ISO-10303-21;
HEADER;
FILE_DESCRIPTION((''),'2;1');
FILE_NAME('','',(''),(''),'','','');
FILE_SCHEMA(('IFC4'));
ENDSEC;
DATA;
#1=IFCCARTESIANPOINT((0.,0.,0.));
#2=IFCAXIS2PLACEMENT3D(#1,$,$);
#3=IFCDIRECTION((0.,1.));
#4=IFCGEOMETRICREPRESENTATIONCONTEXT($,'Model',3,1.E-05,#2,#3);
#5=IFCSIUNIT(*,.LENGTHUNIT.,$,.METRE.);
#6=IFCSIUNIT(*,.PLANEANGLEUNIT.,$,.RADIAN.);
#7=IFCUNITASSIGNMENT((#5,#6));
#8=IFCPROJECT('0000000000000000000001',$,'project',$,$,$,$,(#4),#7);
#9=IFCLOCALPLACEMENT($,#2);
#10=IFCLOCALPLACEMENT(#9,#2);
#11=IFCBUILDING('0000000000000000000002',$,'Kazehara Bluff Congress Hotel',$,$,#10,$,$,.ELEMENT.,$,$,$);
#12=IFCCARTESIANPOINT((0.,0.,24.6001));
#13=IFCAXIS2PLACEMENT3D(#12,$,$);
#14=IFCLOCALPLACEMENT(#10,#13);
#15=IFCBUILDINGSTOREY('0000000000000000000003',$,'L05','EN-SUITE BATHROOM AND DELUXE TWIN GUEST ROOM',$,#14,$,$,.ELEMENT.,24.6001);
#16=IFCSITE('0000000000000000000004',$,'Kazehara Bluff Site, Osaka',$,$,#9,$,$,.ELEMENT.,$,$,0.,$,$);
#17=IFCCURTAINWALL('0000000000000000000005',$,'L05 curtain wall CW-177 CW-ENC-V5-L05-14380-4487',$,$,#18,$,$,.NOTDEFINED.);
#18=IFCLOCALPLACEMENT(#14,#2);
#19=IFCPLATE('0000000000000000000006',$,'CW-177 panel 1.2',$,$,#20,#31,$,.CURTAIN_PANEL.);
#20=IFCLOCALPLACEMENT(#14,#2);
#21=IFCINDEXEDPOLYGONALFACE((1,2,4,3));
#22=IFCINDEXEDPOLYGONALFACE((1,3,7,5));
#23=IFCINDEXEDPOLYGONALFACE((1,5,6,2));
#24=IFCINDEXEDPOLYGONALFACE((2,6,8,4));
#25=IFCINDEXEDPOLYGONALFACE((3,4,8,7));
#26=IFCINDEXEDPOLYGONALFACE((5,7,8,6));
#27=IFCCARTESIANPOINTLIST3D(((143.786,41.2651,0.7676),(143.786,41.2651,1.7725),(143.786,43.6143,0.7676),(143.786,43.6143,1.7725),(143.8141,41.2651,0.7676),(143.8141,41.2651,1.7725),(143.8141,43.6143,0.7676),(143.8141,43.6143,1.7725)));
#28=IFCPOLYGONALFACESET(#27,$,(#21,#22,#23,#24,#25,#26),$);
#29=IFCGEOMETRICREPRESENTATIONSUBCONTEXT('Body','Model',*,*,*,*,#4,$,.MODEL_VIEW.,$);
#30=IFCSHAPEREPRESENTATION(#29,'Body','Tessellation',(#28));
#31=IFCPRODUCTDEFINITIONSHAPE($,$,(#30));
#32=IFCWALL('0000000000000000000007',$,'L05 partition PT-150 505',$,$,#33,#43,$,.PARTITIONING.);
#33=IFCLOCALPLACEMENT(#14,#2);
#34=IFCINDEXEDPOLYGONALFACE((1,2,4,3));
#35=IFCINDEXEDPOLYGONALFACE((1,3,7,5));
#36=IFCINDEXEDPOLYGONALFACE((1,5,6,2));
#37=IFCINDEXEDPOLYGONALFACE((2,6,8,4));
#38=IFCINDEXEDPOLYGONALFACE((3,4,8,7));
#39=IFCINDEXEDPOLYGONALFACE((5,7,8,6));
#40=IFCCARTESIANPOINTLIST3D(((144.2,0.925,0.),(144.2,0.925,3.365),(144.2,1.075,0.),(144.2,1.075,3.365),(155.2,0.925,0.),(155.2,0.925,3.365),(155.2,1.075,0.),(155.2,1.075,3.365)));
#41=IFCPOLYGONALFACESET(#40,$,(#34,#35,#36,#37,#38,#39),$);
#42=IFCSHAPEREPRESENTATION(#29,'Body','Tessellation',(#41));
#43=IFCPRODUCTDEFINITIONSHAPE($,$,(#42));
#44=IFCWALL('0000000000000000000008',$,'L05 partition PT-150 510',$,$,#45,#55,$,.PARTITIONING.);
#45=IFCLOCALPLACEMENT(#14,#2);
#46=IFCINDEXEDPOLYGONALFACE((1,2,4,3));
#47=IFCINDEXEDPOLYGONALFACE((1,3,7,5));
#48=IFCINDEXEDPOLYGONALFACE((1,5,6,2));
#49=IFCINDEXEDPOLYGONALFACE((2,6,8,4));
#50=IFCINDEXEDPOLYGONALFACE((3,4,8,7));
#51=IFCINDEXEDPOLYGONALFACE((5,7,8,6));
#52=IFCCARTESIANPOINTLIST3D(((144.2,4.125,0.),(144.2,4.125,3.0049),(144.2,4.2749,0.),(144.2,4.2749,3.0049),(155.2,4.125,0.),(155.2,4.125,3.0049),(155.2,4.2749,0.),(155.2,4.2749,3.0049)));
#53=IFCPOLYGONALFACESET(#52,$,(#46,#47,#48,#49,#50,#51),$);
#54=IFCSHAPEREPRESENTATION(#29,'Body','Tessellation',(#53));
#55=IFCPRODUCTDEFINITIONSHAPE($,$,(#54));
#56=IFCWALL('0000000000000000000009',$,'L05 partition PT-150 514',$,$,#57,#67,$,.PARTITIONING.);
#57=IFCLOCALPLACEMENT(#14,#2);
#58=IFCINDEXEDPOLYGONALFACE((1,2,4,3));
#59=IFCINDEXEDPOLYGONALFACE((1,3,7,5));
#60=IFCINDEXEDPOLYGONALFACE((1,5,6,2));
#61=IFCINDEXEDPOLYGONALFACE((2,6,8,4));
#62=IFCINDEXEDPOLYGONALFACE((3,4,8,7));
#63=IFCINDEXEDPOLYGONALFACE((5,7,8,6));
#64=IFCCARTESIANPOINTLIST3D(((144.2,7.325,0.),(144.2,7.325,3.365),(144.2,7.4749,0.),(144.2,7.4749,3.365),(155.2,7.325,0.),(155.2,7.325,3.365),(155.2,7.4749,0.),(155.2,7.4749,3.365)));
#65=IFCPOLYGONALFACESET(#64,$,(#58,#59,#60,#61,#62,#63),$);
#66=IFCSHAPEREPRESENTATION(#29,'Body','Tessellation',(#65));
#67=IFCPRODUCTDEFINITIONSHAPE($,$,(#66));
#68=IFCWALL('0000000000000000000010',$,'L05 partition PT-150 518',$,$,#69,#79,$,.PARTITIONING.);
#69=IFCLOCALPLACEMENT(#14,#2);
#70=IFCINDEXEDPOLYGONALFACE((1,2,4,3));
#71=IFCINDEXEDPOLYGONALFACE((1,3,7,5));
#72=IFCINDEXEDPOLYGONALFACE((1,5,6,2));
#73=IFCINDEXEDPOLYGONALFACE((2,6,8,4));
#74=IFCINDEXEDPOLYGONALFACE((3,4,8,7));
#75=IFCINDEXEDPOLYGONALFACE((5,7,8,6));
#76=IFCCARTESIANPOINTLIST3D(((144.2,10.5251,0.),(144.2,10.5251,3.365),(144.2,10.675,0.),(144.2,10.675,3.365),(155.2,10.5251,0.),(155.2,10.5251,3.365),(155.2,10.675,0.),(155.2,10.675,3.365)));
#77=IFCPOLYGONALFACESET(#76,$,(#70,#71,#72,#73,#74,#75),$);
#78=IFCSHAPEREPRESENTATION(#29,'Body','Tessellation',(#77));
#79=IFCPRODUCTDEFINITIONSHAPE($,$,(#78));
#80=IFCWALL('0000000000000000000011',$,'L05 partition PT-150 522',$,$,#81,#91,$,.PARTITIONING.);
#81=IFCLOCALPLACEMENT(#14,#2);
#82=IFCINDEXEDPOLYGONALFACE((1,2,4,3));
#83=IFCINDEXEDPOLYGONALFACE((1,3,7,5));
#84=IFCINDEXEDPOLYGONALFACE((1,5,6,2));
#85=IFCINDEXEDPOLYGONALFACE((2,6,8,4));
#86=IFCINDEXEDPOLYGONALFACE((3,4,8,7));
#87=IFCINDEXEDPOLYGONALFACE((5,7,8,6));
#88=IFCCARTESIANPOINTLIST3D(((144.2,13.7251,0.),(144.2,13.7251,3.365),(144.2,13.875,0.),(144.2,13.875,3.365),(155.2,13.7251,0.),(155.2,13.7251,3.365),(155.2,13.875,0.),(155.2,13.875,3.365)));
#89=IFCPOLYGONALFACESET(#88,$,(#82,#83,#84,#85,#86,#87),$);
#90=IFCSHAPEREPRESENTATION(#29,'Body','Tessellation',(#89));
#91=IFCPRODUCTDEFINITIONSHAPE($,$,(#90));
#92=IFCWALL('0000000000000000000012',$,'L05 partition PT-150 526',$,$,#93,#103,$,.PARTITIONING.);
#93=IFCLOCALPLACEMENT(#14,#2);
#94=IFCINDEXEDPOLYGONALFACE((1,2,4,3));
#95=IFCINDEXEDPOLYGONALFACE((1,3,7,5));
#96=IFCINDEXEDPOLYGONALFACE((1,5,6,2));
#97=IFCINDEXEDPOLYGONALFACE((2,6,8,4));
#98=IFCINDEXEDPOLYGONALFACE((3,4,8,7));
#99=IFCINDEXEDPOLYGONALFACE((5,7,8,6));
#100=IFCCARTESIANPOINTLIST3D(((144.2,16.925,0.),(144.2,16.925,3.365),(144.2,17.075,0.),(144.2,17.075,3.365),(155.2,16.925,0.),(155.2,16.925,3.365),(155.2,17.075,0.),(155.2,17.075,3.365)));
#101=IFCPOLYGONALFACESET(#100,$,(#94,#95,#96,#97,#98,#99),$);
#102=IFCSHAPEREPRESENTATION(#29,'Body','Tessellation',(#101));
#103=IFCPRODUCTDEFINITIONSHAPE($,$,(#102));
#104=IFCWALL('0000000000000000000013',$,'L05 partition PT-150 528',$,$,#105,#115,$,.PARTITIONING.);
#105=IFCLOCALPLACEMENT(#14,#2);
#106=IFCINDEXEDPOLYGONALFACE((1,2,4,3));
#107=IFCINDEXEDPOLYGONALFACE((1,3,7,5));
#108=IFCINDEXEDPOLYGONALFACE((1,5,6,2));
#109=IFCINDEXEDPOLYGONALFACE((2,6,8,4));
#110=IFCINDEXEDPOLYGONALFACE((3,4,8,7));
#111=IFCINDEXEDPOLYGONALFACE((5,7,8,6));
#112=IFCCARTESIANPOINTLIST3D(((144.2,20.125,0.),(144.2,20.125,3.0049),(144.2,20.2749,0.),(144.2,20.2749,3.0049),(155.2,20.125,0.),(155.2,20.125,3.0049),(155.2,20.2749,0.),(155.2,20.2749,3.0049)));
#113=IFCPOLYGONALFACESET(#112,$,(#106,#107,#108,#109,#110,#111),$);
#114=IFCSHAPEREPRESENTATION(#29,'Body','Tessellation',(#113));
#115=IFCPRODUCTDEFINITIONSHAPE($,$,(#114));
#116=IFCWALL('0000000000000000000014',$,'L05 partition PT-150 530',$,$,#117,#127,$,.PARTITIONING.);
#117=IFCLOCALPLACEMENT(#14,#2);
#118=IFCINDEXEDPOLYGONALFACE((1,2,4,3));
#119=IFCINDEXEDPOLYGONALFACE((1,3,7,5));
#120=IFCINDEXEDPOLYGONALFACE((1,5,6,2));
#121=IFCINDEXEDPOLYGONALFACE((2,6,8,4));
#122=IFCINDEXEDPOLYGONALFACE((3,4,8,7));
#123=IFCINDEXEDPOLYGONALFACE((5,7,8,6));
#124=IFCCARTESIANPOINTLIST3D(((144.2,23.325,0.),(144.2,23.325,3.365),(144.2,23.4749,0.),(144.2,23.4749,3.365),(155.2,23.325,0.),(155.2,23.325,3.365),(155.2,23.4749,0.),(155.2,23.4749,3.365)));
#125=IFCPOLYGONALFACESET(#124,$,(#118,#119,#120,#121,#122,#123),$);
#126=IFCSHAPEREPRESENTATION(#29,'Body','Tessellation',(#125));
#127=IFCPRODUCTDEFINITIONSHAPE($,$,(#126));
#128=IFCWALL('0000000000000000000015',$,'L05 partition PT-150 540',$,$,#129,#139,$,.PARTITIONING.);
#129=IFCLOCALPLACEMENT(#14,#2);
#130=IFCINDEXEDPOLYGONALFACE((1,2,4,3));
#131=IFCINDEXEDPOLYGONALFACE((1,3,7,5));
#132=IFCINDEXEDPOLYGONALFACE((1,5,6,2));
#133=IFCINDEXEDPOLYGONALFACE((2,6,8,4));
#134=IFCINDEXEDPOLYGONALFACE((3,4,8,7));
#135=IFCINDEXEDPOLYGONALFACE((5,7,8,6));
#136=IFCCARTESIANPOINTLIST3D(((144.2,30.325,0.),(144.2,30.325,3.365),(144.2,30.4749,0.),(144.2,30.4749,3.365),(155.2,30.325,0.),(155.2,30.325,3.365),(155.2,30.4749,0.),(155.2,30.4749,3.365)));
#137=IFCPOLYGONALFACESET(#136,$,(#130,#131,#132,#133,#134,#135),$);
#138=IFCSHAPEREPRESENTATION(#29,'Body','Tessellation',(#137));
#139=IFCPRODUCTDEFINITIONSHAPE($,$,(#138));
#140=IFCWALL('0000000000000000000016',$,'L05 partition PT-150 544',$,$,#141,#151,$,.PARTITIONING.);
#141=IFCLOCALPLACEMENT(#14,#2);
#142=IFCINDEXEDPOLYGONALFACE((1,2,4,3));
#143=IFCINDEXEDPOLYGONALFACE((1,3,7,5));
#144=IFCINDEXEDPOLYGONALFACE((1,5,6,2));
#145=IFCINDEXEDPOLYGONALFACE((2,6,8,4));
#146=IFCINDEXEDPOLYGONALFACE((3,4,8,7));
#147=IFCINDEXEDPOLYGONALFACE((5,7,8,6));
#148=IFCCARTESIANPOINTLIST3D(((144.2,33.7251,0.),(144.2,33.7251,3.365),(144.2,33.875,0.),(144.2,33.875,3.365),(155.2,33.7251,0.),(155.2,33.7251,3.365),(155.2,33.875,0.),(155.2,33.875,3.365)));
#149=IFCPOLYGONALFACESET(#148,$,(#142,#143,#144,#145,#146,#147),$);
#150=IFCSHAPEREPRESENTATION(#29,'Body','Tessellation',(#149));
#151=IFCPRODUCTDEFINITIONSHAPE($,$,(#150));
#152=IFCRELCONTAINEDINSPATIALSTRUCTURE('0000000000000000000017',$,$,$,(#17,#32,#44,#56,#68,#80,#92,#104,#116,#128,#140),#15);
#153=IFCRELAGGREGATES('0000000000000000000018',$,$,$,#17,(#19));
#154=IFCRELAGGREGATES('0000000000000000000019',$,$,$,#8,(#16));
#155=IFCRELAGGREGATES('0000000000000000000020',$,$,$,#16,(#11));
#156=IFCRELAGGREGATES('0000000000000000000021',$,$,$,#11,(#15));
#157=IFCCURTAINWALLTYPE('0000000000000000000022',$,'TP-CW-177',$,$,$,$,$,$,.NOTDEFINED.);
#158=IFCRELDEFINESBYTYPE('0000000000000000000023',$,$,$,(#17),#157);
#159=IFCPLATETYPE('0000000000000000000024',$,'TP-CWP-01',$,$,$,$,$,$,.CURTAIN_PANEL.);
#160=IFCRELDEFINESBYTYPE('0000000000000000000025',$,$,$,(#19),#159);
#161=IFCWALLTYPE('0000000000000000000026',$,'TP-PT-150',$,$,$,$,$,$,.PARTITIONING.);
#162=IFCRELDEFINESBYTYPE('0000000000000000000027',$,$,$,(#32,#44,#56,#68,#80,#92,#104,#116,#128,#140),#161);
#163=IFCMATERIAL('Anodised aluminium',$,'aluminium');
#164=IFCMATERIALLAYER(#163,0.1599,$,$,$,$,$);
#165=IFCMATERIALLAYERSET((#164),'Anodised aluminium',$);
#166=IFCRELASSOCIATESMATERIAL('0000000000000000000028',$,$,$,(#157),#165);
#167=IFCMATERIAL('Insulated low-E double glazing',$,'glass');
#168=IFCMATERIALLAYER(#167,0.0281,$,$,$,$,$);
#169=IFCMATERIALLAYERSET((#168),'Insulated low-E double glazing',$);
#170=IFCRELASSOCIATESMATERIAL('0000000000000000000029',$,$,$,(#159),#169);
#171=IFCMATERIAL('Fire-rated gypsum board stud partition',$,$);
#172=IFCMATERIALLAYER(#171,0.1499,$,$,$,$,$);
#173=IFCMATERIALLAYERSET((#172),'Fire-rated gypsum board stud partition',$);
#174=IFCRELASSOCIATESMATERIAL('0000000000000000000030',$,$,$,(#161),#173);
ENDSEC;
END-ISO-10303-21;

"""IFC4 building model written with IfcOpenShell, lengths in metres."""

from ifc_helpers import new_model, si_unit, direction, frame, frame_2d, origin, origin_2d, place, context, subcontext, project, spatial, rectangle, extrude, material, layer, layer_set, type_object, element, aggregate, save


model = new_model("IFC4")

# Units and contexts
model_context = context("Model", 3, precision=1e-05, world=origin(), true_north=direction((0.0, 1.0)))
body_context = subcontext(model_context, "Body", "Model", "MODEL_VIEW")
ifc_project = project(units=[si_unit("LENGTHUNIT", "METRE"), si_unit("PLANEANGLEUNIT", "RADIAN")], contexts=[model_context])

# Site, building, storey
site_placement = place(None, origin())
site = spatial("IfcSite", under=ifc_project, at=site_placement, Name="Kazehara Bluff Site, Osaka", CompositionType="ELEMENT", RefElevation=0.0)
building_placement = place(site_placement, origin())
building = spatial("IfcBuilding", under=site, at=building_placement, Name="Kazehara Bluff Congress Hotel", CompositionType="ELEMENT")
storey_placement = place(building_placement, frame((0.0, 0.0, 24.6001)))
storey = spatial("IfcBuildingStorey", under=building, at=storey_placement, Name="L05", Description="EN-SUITE BATHROOM AND DELUXE TWIN GUEST ROOM", CompositionType="ELEMENT", Elevation=24.6001)

# Curtain wall, plate
ifc_material_1 = material(Name="Anodised aluminium", Category="aluminium")
ifc_layer_1 = layer(ifc_material_1, 0.1599)
ifc_layer_set_1 = layer_set([ifc_layer_1], Name="Anodised aluminium")
curtain_wall_type_1 = type_object("IfcCurtainWallType", Name="TP-CW-177", PredefinedType="NOTDEFINED", material=ifc_layer_set_1)
curtain_wall_1_placement = place(storey_placement, origin())
curtain_wall_1 = element("IfcCurtainWall", 1, at=curtain_wall_1_placement, inside=storey, type_object=curtain_wall_type_1, Name="L05 curtain wall CW-177 CW-ENC-V5-L05-14380-4487", PredefinedType="NOTDEFINED")
ifc_material_2 = material(Name="Insulated low-E double glazing", Category="glass")
ifc_layer_2 = layer(ifc_material_2, 0.0281)
ifc_layer_set_2 = layer_set([ifc_layer_2], Name="Insulated low-E double glazing")
plate_type = type_object("IfcPlateType", Name="TP-CWP-01", PredefinedType="CURTAIN_PANEL", material=ifc_layer_set_2)
plate_1_placement = place(storey_placement, frame((143.8, 42.4397, 0.7676), z_axis=(0.0, 0.0, 1.0), x_axis=(0.0, 1.0, 0.0)))
plate_1 = element("IfcPlate", 2, at=plate_1_placement, type_object=plate_type, Name="CW-177 panel 1.2", PredefinedType="CURTAIN_PANEL", context=body_context, shape_type="SweptSolid", body=[
    extrude(rectangle(XDim=2.3491, YDim=0.0281, at=origin_2d()), origin(), (0.0, 0.0, 1.0), 1.0049),
])
aggregate(curtain_wall_1, [plate_1])

# Walls
ifc_material_3 = material(Name="Fire-rated gypsum board stud partition")
ifc_layer_3 = layer(ifc_material_3, 0.1499)
ifc_layer_set_3 = layer_set([ifc_layer_3], Name="Fire-rated gypsum board stud partition")
wall_type = type_object("IfcWallType", Name="TP-PT-150", PredefinedType="PARTITIONING", material=ifc_layer_set_3)
wall_1_placement = place(storey_placement, frame((144.2, 1.0, 0.0), z_axis=(0.0, 0.0, 1.0), x_axis=(1.0, 0.0, 0.0)))
element("IfcWall", 3, at=wall_1_placement, inside=storey, type_object=wall_type, Name="L05 partition PT-150 505", PredefinedType="PARTITIONING", context=body_context, shape_type="SweptSolid", body=[
    extrude(rectangle(XDim=11.0, YDim=0.1499, at=frame_2d((5.5, 0.0))), origin(), (0.0, 0.0, 1.0), 3.365),
])
wall_2_placement = place(storey_placement, frame((144.2, 4.2, 0.0), z_axis=(0.0, 0.0, 1.0), x_axis=(1.0, 0.0, 0.0)))
element("IfcWall", 4, at=wall_2_placement, inside=storey, type_object=wall_type, Name="L05 partition PT-150 510", PredefinedType="PARTITIONING", context=body_context, shape_type="SweptSolid", body=[
    extrude(rectangle(XDim=11.0, YDim=0.1499, at=frame_2d((5.5, 0.0))), origin(), (0.0, 0.0, 1.0), 3.0049),
])
for number, where, z_axis, x_axis, name in (
    (5, (144.2, 7.3999, 0.0), (0.0, 0.0, 1.0), (1.0, 0.0, 0.0), "L05 partition PT-150 514"),
    (6, (144.2, 10.6001, 0.0), (0.0, 0.0, 1.0), (1.0, 0.0, 0.0), "L05 partition PT-150 518"),
    (7, (144.2, 13.8, 0.0), (0.0, 0.0, 1.0), (1.0, 0.0, 0.0), "L05 partition PT-150 522"),
    (8, (144.2, 17.0, 0.0), (0.0, 0.0, 1.0), (1.0, 0.0, 0.0), "L05 partition PT-150 526"),
):
    element("IfcWall", number, at=place(storey_placement, frame(where, z_axis=z_axis, x_axis=x_axis)), inside=storey, type_object=wall_type, Name=name, PredefinedType="PARTITIONING", context=body_context, shape_type="SweptSolid", body=[
        extrude(rectangle(XDim=11.0, YDim=0.1499, at=frame_2d((5.5, 0.0))), origin(), (0.0, 0.0, 1.0), 3.365),
    ])
wall_3_placement = place(storey_placement, frame((144.2, 20.2, 0.0), z_axis=(0.0, 0.0, 1.0), x_axis=(1.0, 0.0, 0.0)))
element("IfcWall", 9, at=wall_3_placement, inside=storey, type_object=wall_type, Name="L05 partition PT-150 528", PredefinedType="PARTITIONING", context=body_context, shape_type="SweptSolid", body=[
    extrude(rectangle(XDim=11.0, YDim=0.1499, at=frame_2d((5.5, 0.0))), origin(), (0.0, 0.0, 1.0), 3.0049),
])
for number, where, z_axis, x_axis, name in (
    (10, (144.2, 23.3999, 0.0), (0.0, 0.0, 1.0), (1.0, 0.0, 0.0), "L05 partition PT-150 530"),
    (11, (144.2, 30.3999, 0.0), (0.0, 0.0, 1.0), (1.0, 0.0, 0.0), "L05 partition PT-150 540"),
    (12, (144.2, 33.8, 0.0), (0.0, 0.0, 1.0), (1.0, 0.0, 0.0), "L05 partition PT-150 544"),
):
    element("IfcWall", number, at=place(storey_placement, frame(where, z_axis=z_axis, x_axis=x_axis)), inside=storey, type_object=wall_type, Name=name, PredefinedType="PARTITIONING", context=body_context, shape_type="SweptSolid", body=[
        extrude(rectangle(XDim=11.0, YDim=0.1499, at=frame_2d((5.5, 0.0))), origin(), (0.0, 0.0, 1.0), 3.365),
    ])

save(model, "model.ifc")
